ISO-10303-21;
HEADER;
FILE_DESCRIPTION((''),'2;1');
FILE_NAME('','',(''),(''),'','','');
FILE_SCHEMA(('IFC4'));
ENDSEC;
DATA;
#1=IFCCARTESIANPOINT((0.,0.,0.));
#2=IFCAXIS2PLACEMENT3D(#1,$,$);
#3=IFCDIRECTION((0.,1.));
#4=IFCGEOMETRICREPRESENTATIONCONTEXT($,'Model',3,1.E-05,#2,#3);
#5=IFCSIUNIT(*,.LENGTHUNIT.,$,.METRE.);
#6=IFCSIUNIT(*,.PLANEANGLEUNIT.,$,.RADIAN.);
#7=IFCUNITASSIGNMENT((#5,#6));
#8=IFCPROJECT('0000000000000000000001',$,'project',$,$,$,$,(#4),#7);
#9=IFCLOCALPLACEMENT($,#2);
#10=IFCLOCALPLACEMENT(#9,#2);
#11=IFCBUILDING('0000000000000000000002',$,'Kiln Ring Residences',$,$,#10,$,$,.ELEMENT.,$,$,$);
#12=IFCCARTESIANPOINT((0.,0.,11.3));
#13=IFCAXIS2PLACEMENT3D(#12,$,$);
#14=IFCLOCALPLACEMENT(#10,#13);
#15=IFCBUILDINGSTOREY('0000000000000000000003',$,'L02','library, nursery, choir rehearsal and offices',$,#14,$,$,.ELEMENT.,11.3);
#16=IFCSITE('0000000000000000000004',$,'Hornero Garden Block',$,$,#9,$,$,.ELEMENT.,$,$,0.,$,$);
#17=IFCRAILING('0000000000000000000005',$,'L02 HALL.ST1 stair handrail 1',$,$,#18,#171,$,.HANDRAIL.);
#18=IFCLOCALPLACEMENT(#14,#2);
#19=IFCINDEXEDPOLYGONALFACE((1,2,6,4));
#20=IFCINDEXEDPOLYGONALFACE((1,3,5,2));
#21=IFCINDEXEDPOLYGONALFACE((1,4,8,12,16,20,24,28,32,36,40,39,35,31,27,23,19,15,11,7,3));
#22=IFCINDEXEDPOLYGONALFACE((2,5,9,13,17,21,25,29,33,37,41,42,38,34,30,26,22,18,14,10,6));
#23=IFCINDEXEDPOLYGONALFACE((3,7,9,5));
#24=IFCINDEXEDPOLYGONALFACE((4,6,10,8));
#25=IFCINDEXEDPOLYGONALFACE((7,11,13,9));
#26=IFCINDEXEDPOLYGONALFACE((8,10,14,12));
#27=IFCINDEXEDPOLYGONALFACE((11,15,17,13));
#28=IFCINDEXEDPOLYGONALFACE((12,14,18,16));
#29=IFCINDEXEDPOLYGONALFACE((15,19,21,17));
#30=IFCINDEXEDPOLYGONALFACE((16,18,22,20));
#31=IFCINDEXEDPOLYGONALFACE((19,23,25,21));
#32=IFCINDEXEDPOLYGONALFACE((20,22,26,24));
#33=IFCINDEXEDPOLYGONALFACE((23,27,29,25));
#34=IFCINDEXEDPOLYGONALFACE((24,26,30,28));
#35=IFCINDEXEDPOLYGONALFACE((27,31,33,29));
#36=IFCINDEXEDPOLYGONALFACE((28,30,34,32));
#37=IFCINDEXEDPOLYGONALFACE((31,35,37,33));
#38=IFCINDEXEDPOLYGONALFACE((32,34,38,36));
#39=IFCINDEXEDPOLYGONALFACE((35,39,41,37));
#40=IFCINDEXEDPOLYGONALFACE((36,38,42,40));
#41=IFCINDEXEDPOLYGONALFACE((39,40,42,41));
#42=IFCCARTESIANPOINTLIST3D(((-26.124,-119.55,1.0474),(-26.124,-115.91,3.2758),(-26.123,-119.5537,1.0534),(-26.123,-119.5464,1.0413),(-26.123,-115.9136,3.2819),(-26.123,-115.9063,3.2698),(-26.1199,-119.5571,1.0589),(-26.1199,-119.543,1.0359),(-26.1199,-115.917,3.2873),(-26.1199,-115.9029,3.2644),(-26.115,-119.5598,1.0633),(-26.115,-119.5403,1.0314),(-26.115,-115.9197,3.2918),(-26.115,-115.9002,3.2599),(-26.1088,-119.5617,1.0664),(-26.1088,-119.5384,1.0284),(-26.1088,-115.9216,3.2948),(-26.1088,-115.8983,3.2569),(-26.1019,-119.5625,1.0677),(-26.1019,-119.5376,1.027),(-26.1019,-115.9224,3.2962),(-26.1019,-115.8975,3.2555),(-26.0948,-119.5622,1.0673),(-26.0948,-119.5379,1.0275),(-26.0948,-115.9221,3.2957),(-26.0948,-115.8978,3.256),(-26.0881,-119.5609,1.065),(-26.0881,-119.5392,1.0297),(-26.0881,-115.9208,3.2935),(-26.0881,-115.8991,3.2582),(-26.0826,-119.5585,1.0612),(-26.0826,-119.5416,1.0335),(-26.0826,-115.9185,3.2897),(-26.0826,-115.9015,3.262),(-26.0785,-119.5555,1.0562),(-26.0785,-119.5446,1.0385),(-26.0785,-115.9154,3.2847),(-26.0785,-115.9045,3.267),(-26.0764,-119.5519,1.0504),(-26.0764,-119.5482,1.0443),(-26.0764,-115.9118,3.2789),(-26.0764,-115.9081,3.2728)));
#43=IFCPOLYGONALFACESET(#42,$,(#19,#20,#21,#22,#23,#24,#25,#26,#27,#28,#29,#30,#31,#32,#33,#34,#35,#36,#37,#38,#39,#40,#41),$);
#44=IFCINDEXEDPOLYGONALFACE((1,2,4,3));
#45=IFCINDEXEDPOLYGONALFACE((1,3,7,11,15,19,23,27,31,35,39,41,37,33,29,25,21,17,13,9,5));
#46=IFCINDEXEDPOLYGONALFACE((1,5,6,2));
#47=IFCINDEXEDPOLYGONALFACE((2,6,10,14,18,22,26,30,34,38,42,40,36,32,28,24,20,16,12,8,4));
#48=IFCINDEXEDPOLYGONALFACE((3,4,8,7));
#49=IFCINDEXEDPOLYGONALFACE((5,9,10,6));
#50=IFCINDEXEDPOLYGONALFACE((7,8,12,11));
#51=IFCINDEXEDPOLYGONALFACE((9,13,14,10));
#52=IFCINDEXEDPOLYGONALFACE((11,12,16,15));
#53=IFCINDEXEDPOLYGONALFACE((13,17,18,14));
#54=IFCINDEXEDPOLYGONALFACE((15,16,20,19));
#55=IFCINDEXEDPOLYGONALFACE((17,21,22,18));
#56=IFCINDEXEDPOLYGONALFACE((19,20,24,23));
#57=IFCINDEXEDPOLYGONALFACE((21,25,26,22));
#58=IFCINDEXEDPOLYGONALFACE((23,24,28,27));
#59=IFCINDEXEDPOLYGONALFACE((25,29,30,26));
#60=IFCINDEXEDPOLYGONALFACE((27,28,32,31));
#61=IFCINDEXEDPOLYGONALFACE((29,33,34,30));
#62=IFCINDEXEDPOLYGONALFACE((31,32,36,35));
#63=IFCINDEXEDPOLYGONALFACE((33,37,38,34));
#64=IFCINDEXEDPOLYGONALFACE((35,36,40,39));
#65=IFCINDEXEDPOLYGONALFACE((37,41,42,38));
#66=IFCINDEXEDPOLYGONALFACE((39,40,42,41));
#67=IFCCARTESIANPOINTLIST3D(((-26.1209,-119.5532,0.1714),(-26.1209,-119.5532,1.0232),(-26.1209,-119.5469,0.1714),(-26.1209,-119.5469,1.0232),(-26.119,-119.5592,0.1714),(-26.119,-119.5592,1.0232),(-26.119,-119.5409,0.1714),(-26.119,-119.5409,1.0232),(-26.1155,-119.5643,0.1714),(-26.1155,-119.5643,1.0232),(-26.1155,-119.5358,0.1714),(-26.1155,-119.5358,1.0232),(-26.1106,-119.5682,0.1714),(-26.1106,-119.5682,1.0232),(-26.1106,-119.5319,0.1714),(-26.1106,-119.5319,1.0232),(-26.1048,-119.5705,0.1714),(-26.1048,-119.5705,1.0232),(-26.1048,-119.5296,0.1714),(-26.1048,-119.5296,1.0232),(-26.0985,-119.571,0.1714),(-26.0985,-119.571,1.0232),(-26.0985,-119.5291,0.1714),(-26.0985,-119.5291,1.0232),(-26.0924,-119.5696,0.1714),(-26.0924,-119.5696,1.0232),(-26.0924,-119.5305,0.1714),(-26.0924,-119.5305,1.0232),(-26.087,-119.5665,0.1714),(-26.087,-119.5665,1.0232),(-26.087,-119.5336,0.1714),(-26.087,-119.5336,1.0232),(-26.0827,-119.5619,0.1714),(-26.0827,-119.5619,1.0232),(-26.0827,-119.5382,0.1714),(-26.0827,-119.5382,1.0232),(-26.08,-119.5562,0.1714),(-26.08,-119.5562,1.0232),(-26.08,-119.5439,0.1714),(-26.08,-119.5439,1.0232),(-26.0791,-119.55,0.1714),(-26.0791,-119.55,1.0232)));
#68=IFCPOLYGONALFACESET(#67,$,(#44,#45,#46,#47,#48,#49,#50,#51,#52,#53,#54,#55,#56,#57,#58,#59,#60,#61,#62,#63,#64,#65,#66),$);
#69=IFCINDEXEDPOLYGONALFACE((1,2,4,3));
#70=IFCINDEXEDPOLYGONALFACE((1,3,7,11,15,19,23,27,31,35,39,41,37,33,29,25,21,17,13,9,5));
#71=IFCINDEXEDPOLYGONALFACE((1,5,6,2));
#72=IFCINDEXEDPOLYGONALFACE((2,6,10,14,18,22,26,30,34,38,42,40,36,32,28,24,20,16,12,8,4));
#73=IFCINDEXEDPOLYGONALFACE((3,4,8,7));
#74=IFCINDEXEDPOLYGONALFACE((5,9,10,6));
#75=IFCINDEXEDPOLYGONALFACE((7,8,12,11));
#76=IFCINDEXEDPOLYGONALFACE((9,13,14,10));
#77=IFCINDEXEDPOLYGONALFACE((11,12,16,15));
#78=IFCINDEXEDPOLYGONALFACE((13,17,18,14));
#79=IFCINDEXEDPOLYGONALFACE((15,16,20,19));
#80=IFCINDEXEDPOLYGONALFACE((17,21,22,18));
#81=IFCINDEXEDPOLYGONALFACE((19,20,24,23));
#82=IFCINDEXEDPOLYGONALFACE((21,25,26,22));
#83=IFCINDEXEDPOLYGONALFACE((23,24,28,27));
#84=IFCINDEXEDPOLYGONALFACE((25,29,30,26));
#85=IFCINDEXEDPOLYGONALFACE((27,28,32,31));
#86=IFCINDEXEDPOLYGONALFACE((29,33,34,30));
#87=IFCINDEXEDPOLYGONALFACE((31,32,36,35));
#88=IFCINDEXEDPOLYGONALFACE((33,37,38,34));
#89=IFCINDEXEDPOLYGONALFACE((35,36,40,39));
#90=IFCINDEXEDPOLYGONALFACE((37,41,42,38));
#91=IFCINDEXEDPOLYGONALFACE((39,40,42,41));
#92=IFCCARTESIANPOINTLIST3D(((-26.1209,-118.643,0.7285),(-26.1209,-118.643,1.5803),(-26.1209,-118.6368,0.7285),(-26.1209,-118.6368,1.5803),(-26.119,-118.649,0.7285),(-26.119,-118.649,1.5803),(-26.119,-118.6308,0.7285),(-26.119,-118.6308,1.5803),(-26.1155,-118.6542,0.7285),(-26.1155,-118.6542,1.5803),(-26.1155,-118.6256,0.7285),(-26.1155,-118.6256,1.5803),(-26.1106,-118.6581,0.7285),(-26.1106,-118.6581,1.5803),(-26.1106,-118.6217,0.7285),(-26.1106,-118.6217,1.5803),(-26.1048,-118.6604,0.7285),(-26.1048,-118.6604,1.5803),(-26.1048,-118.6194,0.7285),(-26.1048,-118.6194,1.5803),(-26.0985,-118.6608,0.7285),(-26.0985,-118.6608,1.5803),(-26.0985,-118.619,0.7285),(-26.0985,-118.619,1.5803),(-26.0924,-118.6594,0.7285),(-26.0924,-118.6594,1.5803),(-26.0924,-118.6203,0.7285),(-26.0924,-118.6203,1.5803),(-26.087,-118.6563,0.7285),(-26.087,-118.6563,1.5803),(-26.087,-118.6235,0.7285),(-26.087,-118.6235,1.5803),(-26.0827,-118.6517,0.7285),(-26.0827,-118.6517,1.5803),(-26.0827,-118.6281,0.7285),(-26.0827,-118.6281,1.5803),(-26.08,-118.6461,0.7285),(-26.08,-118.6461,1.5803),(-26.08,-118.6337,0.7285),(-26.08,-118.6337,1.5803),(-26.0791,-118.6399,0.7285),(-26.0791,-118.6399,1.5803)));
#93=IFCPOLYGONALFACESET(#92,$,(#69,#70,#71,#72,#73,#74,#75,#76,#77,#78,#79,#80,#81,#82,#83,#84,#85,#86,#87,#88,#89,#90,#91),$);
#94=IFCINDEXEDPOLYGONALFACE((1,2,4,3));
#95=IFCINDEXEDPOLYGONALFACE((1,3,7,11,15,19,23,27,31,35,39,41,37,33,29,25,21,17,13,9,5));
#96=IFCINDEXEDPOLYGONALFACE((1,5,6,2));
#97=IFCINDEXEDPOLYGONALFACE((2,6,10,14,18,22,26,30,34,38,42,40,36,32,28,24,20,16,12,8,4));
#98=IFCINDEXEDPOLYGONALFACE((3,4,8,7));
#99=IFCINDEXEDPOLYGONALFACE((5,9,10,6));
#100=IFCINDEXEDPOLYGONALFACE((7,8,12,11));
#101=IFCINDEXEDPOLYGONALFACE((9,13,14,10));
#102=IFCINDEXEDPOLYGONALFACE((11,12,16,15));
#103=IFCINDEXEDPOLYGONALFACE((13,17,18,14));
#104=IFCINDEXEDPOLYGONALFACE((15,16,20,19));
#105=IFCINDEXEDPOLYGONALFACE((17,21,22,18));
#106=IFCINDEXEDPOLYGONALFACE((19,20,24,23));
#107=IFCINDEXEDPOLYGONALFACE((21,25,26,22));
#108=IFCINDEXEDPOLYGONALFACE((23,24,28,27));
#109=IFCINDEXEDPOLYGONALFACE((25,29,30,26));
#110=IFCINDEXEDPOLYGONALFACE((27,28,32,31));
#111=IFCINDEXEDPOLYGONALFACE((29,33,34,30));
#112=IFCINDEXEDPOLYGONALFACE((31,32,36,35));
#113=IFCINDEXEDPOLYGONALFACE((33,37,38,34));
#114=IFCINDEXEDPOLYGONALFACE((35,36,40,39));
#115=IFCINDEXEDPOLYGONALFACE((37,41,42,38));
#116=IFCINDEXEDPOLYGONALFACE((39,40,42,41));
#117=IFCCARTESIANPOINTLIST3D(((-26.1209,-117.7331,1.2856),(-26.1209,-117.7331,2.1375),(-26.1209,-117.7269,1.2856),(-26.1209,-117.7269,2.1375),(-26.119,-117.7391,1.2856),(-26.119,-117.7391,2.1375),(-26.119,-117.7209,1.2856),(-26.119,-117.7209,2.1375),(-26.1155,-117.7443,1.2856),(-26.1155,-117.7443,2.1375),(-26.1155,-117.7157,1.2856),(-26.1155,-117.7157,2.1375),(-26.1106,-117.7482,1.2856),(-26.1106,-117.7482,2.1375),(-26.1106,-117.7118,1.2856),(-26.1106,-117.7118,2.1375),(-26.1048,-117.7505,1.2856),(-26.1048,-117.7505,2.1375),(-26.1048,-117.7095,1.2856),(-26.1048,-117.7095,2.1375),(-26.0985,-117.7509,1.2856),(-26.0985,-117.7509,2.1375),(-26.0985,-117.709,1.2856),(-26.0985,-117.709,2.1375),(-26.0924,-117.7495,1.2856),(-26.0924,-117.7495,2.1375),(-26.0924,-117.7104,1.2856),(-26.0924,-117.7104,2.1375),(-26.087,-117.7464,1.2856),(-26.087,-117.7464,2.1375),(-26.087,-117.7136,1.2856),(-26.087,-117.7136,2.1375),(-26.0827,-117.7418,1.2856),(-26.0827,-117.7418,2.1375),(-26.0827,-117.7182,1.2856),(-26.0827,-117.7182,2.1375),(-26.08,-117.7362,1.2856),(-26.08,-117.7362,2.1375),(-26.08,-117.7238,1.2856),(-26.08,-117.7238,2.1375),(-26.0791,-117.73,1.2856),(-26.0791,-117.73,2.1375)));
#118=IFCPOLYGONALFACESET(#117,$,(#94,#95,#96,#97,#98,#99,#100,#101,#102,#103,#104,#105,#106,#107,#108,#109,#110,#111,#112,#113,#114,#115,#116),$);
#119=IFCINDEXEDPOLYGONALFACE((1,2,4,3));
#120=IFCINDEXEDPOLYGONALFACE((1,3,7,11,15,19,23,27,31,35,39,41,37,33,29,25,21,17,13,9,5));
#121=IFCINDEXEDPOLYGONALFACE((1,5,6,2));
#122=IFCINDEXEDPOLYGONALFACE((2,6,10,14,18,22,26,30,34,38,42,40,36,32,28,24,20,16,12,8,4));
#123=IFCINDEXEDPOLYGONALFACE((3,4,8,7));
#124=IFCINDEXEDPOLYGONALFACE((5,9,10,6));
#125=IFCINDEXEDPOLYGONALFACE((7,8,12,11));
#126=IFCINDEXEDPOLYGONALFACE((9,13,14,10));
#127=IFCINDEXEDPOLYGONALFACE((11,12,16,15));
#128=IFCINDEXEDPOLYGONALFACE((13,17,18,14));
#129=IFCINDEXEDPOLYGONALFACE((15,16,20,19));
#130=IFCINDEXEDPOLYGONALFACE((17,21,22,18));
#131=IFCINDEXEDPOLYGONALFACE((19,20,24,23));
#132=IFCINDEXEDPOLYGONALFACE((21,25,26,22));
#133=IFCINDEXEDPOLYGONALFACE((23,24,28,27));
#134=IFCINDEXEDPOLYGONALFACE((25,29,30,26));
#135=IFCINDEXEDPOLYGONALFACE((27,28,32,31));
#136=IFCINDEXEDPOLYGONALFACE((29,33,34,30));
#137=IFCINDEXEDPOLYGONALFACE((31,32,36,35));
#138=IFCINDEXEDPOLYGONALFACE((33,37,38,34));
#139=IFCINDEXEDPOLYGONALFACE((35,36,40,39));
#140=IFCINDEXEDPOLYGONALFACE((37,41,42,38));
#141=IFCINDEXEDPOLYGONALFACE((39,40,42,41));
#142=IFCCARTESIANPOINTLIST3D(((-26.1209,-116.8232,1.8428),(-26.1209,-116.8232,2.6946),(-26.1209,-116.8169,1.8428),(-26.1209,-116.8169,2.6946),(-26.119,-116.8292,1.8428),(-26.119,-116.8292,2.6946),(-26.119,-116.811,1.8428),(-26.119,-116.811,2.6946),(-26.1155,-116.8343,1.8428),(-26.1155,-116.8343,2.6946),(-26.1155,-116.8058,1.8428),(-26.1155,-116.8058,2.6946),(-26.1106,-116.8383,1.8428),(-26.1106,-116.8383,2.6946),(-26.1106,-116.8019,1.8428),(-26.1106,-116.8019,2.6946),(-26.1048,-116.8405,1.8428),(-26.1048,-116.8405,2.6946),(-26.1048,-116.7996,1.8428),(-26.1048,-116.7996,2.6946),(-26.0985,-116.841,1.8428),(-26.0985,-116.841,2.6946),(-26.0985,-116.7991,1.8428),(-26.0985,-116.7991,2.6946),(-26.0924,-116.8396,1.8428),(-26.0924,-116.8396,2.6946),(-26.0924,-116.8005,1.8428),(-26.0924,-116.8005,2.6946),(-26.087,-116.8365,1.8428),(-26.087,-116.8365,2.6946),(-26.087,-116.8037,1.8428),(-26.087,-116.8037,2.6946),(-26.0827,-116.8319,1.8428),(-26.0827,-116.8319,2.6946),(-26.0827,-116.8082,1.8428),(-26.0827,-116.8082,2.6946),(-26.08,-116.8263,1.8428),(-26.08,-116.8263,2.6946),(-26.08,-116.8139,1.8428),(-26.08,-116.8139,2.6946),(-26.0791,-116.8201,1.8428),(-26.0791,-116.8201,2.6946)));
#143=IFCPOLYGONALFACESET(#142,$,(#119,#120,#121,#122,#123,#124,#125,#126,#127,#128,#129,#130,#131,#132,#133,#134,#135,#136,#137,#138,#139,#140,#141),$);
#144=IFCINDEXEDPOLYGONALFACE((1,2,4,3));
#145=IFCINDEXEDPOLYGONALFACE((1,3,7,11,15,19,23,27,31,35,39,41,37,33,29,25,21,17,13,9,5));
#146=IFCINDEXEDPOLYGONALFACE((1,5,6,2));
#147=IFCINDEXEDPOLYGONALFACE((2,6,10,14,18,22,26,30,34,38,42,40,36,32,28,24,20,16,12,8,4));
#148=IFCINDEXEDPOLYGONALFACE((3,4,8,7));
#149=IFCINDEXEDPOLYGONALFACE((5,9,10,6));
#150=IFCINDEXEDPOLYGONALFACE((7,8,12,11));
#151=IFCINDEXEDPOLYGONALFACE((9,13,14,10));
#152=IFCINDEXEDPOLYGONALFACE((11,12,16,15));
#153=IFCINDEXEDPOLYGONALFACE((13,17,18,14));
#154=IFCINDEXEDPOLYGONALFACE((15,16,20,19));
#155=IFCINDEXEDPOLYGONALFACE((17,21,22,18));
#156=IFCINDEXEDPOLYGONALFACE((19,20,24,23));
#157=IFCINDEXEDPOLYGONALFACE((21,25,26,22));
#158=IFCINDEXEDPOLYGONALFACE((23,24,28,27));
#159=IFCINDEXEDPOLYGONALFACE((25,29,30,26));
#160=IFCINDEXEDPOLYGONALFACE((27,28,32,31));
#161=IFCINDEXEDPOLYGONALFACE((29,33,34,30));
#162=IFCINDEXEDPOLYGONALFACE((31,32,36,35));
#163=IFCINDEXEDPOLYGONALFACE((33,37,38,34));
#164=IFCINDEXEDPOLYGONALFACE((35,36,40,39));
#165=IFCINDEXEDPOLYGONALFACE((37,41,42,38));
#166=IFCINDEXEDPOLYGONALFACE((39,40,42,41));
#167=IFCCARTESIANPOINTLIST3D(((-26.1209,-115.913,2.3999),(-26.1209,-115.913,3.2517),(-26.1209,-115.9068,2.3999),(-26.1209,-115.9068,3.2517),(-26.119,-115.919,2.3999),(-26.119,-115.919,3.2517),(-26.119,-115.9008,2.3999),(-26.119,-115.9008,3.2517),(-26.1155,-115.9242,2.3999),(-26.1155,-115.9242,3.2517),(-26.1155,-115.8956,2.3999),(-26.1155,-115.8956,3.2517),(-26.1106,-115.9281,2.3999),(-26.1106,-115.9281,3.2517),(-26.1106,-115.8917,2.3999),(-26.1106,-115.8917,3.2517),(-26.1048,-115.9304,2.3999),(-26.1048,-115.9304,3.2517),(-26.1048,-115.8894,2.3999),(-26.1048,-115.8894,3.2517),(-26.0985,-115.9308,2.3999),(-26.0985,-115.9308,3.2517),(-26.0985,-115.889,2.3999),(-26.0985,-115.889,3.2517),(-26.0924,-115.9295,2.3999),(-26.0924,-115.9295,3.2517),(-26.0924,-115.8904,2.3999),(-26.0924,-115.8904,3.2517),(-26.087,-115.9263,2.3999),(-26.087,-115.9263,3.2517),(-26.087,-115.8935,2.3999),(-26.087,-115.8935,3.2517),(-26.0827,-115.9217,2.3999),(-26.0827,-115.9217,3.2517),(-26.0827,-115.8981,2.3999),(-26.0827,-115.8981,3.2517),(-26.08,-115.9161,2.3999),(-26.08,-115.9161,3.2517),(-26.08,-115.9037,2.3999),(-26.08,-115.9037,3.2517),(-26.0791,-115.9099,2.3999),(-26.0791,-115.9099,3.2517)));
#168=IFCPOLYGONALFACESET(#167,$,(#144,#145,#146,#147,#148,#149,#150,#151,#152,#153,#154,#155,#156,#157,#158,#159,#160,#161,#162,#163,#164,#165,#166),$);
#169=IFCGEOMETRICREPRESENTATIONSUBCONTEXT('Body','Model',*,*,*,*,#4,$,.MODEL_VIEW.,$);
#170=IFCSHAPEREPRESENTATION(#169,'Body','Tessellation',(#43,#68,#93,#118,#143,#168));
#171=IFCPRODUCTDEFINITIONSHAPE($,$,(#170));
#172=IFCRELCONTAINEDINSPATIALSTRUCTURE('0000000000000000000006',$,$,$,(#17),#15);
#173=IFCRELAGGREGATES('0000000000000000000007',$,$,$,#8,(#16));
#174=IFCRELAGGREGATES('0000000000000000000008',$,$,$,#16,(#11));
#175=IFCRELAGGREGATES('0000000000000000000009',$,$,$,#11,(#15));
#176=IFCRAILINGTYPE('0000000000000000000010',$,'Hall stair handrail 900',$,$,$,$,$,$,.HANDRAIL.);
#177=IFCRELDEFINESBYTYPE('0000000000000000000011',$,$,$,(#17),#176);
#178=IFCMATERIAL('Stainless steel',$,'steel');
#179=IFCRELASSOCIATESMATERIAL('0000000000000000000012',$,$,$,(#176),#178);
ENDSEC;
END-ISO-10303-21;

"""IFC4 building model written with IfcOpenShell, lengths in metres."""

from ifc_helpers import new_model, si_unit, direction, frame, origin, origin_2d, place, context, subcontext, project, spatial, circle, extrude, material, type_object, element, save


model = new_model("IFC4")

# Units and contexts
model_context = context("Model", 3, precision=1e-05, world=origin(), true_north=direction((0.0, 1.0)))
body_context = subcontext(model_context, "Body", "Model", "MODEL_VIEW")
ifc_project = project(units=[si_unit("LENGTHUNIT", "METRE"), si_unit("PLANEANGLEUNIT", "RADIAN")], contexts=[model_context])

# Site, building, storey
site_placement = place(None, origin())
site = spatial("IfcSite", under=ifc_project, at=site_placement, Name="Hornero Garden Block", CompositionType="ELEMENT", RefElevation=0.0)
building_placement = place(site_placement, origin())
building = spatial("IfcBuilding", under=site, at=building_placement, Name="Kiln Ring Residences", CompositionType="ELEMENT")
storey_placement = place(building_placement, frame((0.0, 0.0, 11.3)))
storey = spatial("IfcBuildingStorey", under=building, at=storey_placement, Name="L02", Description="library, nursery, choir rehearsal and offices", CompositionType="ELEMENT", Elevation=11.3)

# Railing
ifc_material_1 = material(Name="Stainless steel", Category="steel")
railing_type_1 = type_object("IfcRailingType", Name="Hall stair handrail 900", PredefinedType="HANDRAIL", material=ifc_material_1)
railing_1_placement = place(storey_placement, frame((-26.1001, -119.55, 0.1714)))
element("IfcRailing", 1, at=railing_1_placement, inside=storey, type_object=railing_type_1, Name="L02 HALL.ST1 stair handrail 1", PredefinedType="HANDRAIL", context=body_context, shape_type="SweptSolid", body=[
    extrude(circle(Radius=0.0239, at=origin_2d()), frame((0.0, 0.0, 0.876), z_axis=(0.0, 0.852866, 0.52213), x_axis=(-1.0, 0.0, 0.0)), (0.0, 0.0, 1.0), 4.2681),
    extrude(circle(Radius=0.021, at=origin_2d()), origin(), (0.0, 0.0, 1.0), 0.8518),
    extrude(circle(Radius=0.021, at=origin_2d()), frame((0.0, 0.9102, 0.5571)), (0.0, 0.0, 1.0), 0.8518),
    extrude(circle(Radius=0.021, at=origin_2d()), frame((0.0, 1.8201, 1.1143)), (0.0, 0.0, 1.0), 0.8518),
    extrude(circle(Radius=0.021, at=origin_2d()), frame((0.0, 2.73, 1.6714)), (0.0, 0.0, 1.0), 0.8518),
    extrude(circle(Radius=0.021, at=origin_2d()), frame((0.0, 3.6401, 2.2285)), (0.0, 0.0, 1.0), 0.8518),
])

save(model, "model.ifc")
